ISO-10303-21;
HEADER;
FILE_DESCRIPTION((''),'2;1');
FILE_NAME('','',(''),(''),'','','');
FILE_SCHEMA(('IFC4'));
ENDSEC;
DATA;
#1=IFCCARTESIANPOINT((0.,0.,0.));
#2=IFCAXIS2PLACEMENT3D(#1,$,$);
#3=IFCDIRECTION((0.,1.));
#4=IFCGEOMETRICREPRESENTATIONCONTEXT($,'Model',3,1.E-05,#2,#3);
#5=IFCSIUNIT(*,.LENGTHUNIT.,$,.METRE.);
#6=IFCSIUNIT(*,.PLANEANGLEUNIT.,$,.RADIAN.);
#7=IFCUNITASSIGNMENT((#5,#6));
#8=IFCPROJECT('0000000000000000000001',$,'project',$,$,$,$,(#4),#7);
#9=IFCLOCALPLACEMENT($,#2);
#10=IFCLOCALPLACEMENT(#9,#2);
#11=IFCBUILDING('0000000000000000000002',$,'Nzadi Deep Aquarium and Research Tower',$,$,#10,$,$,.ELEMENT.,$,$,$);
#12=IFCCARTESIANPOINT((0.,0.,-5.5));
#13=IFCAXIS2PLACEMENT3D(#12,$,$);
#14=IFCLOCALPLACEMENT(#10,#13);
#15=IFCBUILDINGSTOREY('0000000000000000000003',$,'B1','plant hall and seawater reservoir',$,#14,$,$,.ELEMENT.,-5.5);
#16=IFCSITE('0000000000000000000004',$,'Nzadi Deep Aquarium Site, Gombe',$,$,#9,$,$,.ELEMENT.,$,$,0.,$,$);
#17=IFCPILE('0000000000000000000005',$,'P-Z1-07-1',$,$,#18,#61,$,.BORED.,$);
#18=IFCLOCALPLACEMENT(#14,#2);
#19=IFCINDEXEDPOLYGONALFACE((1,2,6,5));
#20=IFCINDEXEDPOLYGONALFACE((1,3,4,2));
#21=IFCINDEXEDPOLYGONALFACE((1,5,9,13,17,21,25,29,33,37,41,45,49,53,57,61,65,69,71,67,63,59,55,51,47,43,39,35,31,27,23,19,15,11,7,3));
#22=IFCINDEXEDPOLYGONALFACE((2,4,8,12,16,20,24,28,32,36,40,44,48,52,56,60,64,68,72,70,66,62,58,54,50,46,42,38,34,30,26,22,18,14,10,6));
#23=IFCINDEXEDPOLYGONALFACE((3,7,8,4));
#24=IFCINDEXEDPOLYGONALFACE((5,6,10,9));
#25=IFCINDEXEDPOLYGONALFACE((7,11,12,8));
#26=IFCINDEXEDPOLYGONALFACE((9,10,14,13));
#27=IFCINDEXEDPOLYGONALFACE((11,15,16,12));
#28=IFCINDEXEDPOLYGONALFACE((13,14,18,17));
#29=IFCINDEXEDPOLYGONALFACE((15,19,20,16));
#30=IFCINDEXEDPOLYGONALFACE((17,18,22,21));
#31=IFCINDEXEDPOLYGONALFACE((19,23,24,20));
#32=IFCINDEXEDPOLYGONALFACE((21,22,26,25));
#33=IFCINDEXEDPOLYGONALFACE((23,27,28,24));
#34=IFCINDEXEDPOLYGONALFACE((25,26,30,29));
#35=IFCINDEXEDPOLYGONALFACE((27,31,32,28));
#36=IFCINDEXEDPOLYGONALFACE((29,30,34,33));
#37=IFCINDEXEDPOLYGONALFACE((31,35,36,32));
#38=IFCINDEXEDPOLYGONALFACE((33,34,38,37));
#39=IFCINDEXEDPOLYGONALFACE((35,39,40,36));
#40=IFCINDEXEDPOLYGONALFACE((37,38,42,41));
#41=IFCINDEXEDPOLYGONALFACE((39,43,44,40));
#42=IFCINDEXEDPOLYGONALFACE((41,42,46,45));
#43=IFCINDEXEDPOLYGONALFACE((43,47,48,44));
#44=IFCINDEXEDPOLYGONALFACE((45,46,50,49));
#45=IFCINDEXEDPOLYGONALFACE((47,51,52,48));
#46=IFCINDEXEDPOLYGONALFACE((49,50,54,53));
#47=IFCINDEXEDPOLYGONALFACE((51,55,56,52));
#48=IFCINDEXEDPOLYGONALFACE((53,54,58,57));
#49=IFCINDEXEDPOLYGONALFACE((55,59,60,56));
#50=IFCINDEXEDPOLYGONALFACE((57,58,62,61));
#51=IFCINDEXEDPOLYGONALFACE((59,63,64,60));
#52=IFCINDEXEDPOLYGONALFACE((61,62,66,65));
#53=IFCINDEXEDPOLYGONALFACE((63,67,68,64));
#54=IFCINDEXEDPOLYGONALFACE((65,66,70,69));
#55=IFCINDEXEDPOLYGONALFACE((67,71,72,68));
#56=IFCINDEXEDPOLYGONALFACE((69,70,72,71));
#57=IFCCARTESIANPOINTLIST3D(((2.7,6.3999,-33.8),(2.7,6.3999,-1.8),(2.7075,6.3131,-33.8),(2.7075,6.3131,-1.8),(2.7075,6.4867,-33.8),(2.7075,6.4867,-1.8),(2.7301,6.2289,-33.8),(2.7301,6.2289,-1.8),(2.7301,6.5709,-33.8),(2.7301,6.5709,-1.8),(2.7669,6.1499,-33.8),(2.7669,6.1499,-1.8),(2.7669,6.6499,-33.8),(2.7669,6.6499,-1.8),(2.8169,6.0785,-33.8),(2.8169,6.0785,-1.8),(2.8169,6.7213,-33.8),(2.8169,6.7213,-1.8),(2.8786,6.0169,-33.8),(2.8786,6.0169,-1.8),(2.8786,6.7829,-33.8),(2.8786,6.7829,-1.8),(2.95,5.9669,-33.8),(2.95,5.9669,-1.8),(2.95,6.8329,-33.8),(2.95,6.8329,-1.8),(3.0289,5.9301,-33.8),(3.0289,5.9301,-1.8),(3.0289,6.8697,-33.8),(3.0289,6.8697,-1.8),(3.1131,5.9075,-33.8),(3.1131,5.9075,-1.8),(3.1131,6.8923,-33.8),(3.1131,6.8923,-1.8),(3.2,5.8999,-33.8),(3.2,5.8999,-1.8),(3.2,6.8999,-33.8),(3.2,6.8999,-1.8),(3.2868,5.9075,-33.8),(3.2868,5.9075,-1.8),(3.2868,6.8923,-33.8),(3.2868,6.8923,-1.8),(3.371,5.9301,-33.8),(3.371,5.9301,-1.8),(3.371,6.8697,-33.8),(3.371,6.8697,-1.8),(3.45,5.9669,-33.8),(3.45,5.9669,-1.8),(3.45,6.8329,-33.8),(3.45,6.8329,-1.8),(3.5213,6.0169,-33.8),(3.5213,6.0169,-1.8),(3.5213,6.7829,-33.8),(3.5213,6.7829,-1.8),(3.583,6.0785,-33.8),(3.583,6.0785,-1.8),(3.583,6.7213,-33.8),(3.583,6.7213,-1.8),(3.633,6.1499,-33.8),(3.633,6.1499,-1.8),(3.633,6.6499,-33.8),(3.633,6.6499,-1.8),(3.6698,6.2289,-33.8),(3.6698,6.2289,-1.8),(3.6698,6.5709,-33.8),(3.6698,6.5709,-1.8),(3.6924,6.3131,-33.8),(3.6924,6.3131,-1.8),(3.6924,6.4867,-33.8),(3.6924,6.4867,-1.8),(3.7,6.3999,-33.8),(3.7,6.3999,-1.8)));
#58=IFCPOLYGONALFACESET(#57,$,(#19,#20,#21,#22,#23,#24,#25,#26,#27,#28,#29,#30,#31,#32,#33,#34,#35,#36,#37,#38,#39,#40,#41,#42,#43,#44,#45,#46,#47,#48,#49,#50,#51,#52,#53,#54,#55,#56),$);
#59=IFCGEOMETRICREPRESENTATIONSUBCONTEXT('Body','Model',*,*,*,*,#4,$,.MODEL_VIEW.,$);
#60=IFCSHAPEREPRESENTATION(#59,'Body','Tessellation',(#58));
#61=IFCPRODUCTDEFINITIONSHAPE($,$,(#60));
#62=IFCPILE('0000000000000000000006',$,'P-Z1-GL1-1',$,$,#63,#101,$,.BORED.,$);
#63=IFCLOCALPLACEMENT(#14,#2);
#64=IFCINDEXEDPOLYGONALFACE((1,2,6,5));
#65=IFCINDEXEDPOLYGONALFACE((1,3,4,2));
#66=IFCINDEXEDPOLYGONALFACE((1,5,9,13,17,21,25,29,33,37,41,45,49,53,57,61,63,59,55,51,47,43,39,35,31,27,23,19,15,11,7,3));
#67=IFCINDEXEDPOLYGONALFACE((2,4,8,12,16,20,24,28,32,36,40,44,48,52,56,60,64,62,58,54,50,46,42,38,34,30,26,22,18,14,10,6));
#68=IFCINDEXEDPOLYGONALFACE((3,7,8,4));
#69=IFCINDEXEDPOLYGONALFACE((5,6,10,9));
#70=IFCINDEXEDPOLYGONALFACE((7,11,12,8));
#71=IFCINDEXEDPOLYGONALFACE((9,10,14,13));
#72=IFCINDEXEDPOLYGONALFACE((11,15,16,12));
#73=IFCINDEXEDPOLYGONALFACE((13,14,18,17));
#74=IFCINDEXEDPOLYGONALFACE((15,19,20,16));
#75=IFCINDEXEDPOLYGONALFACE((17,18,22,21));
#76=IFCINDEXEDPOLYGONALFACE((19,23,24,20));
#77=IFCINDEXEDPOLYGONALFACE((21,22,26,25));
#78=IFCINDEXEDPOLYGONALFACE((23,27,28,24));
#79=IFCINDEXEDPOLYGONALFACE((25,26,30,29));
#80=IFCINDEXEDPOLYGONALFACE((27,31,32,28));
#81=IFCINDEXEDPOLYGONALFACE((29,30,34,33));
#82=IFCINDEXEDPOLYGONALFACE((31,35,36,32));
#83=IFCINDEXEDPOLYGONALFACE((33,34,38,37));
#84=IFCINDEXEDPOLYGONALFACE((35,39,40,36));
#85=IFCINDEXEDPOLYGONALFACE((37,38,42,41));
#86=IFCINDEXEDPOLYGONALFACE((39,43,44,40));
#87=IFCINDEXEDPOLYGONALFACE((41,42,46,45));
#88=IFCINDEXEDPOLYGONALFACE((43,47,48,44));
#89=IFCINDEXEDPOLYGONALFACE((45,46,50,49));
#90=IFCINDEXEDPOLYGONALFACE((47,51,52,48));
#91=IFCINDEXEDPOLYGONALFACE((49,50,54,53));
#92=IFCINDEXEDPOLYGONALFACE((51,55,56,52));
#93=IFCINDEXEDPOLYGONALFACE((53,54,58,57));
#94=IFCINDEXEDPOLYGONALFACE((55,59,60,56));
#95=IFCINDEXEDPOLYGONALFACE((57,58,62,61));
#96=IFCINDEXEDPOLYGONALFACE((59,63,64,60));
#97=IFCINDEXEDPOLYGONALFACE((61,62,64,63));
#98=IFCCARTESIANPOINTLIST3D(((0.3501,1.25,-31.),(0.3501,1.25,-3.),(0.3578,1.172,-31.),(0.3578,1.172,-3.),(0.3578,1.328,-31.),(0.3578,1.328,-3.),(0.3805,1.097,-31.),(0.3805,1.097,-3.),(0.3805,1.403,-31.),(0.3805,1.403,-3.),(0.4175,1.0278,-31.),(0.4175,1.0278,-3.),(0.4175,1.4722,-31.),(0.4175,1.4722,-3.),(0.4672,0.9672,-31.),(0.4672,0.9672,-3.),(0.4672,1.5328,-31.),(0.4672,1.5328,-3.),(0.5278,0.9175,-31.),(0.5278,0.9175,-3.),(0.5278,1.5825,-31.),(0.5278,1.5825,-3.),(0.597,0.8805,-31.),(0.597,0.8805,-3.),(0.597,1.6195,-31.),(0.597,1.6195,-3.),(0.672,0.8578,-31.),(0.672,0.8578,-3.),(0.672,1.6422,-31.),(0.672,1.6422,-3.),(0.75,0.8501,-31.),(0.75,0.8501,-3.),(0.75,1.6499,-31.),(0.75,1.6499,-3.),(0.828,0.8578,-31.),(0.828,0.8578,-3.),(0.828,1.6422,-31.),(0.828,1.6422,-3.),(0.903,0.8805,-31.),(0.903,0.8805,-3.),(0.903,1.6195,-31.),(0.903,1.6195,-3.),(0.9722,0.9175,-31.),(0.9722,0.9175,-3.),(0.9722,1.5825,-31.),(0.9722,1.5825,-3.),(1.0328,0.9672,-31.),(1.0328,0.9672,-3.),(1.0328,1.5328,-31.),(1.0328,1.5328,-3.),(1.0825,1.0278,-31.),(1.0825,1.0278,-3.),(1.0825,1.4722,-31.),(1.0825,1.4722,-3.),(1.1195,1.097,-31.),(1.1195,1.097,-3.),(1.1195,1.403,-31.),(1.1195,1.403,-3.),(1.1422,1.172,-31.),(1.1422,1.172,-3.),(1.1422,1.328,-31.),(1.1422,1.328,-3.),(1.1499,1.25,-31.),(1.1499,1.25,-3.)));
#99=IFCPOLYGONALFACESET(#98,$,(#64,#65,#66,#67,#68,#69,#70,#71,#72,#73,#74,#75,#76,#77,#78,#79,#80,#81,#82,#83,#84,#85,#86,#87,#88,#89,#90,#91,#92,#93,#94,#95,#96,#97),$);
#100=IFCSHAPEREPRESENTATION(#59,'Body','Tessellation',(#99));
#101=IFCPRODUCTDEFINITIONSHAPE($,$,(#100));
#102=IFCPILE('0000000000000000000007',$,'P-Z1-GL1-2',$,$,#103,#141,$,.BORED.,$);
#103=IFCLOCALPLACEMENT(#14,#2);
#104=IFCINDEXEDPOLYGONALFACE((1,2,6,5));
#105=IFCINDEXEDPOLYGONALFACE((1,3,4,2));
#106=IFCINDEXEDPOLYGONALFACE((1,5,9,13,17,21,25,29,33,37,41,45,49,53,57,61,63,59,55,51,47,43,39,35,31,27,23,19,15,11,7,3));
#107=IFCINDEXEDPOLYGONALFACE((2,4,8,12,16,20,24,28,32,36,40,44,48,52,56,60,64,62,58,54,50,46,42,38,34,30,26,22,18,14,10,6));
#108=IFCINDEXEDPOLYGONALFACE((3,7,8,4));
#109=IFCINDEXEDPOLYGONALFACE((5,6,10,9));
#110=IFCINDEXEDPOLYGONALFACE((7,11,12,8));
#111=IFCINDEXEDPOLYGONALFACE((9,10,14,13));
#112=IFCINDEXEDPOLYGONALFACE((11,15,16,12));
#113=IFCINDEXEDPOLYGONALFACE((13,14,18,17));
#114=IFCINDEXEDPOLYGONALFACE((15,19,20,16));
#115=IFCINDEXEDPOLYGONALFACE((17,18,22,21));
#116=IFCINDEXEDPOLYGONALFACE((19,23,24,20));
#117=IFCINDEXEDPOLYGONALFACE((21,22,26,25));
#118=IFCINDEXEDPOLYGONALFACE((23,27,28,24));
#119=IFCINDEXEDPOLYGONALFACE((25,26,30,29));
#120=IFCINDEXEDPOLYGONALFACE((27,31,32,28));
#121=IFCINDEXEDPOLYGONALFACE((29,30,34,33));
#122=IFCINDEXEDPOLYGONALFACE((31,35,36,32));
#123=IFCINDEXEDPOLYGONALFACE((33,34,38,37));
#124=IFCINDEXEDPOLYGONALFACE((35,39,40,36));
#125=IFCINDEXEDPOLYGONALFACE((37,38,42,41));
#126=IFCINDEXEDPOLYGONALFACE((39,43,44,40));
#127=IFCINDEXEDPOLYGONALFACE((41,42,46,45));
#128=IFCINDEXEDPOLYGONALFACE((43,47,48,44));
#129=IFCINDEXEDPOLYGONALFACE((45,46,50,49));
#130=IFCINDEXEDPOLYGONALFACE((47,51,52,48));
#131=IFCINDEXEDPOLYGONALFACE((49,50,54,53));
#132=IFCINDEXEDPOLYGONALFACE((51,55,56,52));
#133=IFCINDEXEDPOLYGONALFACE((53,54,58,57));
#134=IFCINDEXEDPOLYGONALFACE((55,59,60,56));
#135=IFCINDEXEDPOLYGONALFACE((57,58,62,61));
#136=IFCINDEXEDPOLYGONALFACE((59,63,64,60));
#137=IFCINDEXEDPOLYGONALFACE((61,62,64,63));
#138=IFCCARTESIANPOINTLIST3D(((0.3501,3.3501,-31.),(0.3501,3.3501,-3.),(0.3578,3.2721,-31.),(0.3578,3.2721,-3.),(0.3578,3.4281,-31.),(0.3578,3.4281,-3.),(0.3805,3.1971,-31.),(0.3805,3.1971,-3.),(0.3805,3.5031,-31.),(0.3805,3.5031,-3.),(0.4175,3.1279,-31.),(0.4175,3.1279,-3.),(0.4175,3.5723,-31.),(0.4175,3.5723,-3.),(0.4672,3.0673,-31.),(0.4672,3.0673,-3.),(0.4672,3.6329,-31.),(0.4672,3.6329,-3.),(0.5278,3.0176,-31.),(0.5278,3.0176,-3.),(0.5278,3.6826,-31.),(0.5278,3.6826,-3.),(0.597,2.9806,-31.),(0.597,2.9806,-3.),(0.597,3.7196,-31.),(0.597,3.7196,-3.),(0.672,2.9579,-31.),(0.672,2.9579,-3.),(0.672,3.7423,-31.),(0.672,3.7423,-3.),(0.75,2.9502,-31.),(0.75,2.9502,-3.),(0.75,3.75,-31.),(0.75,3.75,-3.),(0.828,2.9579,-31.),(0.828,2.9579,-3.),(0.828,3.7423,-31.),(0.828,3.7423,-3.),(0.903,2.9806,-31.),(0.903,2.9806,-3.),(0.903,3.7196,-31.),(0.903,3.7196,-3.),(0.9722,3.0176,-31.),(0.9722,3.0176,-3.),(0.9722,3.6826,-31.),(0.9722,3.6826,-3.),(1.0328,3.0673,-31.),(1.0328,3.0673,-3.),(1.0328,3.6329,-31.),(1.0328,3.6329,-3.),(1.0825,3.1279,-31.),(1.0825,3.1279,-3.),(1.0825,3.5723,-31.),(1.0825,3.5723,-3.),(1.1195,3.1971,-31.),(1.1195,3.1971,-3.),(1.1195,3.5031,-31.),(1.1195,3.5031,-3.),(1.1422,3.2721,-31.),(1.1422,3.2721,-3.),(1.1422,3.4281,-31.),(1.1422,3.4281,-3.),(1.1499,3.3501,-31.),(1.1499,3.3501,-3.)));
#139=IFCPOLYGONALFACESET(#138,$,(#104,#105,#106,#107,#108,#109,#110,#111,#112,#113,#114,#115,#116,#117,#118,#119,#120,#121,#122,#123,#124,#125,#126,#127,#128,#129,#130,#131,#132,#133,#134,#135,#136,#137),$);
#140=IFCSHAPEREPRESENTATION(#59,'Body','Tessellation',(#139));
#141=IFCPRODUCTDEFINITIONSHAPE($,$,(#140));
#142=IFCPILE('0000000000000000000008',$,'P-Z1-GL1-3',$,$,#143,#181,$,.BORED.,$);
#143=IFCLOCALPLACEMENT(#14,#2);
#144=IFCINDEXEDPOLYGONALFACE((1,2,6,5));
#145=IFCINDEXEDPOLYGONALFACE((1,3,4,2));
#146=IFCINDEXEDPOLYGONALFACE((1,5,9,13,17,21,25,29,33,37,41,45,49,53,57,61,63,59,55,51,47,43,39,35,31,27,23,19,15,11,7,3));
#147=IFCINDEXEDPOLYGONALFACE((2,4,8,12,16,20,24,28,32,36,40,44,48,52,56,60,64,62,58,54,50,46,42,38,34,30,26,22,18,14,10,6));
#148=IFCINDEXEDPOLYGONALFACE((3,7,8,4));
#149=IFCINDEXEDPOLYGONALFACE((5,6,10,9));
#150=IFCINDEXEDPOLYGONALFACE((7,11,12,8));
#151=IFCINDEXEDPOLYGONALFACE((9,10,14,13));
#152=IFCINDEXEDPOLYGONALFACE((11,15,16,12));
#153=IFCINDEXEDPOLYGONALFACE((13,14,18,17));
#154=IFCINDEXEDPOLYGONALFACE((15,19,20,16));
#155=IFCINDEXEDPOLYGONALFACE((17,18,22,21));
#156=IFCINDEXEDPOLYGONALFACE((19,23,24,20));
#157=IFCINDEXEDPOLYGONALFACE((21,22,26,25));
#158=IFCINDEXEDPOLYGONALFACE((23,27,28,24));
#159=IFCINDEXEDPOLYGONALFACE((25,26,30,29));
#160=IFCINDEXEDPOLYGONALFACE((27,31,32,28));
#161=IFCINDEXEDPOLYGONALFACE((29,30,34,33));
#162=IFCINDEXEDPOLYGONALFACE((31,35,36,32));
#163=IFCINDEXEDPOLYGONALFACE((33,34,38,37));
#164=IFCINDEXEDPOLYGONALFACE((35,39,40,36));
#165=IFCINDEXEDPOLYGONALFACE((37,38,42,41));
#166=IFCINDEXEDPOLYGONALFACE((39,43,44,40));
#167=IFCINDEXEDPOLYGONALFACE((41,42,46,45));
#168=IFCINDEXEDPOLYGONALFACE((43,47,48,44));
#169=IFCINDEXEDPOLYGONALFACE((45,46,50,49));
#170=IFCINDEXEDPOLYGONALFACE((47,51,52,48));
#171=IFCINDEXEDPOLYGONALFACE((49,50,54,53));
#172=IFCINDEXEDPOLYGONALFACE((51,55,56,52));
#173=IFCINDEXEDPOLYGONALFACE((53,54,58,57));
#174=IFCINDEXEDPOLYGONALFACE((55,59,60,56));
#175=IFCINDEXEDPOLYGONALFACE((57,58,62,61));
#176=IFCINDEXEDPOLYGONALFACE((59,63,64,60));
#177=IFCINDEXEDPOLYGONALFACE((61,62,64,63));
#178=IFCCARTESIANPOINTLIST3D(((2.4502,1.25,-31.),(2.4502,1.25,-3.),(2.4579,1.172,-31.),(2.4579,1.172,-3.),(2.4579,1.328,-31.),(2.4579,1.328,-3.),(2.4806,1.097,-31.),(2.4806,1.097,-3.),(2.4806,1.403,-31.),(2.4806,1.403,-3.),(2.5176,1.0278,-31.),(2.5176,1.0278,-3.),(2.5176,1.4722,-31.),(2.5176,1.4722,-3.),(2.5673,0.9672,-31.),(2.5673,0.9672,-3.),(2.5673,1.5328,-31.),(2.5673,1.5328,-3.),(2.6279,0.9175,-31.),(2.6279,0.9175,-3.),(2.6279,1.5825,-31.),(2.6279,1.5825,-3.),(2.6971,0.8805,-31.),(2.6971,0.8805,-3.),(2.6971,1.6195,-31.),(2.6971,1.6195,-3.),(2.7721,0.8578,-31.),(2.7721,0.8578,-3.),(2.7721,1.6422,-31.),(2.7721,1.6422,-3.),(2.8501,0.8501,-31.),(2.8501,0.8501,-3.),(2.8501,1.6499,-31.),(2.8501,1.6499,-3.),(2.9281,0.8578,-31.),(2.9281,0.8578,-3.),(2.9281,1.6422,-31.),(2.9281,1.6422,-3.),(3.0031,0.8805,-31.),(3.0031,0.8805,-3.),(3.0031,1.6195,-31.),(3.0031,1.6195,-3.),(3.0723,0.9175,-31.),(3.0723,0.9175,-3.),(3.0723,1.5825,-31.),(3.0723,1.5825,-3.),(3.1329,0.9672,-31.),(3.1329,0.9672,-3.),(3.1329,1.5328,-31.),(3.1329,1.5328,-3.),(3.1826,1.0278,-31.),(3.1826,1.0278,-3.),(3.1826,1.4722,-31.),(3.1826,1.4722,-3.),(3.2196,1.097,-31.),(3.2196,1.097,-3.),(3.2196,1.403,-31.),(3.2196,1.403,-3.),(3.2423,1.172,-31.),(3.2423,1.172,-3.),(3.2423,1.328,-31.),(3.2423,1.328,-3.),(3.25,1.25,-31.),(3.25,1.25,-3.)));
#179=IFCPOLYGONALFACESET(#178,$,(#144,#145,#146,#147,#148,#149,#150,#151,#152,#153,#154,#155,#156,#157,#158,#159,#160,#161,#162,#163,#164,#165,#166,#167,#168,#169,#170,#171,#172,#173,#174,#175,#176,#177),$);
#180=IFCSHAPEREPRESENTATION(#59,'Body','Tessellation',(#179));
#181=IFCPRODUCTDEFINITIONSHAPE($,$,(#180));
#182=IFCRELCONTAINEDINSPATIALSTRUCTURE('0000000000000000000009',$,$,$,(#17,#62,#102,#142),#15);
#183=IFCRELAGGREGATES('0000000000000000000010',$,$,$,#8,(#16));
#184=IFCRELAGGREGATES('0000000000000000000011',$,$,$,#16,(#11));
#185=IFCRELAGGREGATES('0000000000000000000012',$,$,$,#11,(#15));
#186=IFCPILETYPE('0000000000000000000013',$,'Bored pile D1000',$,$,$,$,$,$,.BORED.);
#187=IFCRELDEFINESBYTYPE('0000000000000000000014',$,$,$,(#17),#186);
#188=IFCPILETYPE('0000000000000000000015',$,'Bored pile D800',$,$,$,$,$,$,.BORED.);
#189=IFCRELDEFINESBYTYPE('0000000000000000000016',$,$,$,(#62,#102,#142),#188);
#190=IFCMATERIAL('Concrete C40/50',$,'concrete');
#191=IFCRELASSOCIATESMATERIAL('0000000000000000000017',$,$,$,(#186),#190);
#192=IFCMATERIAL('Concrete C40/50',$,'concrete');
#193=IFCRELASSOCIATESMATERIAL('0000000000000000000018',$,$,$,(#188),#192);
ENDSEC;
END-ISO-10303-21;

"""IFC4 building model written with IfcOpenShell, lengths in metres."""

from ifc_helpers import new_model, si_unit, direction, frame, origin, origin_2d, place, context, subcontext, project, spatial, circle, extrude, material, material_profile, profile_set, type_object, element, save


model = new_model("IFC4")

# Units and contexts
model_context = context("Model", 3, precision=1e-05, world=origin(), true_north=direction((0.0, 1.0)))
body_context = subcontext(model_context, "Body", "Model", "MODEL_VIEW")
ifc_project = project(units=[si_unit("LENGTHUNIT", "METRE"), si_unit("PLANEANGLEUNIT", "RADIAN")], contexts=[model_context])

# Site, building, storey
site_placement = place(None, origin())
site = spatial("IfcSite", under=ifc_project, at=site_placement, Name="Nzadi Deep Aquarium Site, Gombe", CompositionType="ELEMENT", RefElevation=0.0)
building_placement = place(site_placement, origin())
building = spatial("IfcBuilding", under=site, at=building_placement, Name="Nzadi Deep Aquarium and Research Tower", CompositionType="ELEMENT")
storey_placement = place(building_placement, frame((0.0, 0.0, -5.5)))
storey = spatial("IfcBuildingStorey", under=building, at=storey_placement, Name="B1", Description="plant hall and seawater reservoir", CompositionType="ELEMENT", Elevation=-5.5)

# Piles
ifc_material_1 = material(Name="Concrete C40/50", Category="concrete")
ifc_material_profile_1 = material_profile(ifc_material_1, circle(Radius=0.5, at=origin_2d()))
ifc_profile_set_1 = profile_set([ifc_material_profile_1], Name="Concrete C40/50")
pile_type_1 = type_object("IfcPileType", Name="Bored pile D1000", PredefinedType="BORED", material=ifc_profile_set_1)
pile_placement = place(storey_placement, frame((3.2, 6.3999, -1.8), z_axis=(0.0, 0.0, -1.0), x_axis=(1.0, 0.0, 0.0)))
element("IfcPile", 1, at=pile_placement, inside=storey, type_object=pile_type_1, Name="P-Z1-07-1", PredefinedType="BORED", context=body_context, shape_type="SweptSolid", body=[
    extrude(circle(Radius=0.5, at=origin_2d()), origin(), (0.0, 0.0, 1.0), 32.0),
])
ifc_material_2 = material(Name="Concrete C40/50", Category="concrete")
ifc_material_profile_2 = material_profile(ifc_material_2, circle(Radius=0.3999, at=origin_2d()))
ifc_profile_set_2 = profile_set([ifc_material_profile_2], Name="Concrete C40/50")
pile_type_2 = type_object("IfcPileType", Name="Bored pile D800", PredefinedType="BORED", material=ifc_profile_set_2)
for number, where, z_axis, x_axis, name in (
    (2, (0.75, 1.25, -3.0), (0.0, 0.0, -1.0), (1.0, 0.0, 0.0), "P-Z1-GL1-1"),
    (3, (0.75, 3.3501, -3.0), (0.0, 0.0, -1.0), (1.0, 0.0, 0.0), "P-Z1-GL1-2"),
    (4, (2.8501, 1.25, -3.0), (0.0, 0.0, -1.0), (1.0, 0.0, 0.0), "P-Z1-GL1-3"),
):
    element("IfcPile", number, at=place(storey_placement, frame(where, z_axis=z_axis, x_axis=x_axis)), inside=storey, type_object=pile_type_2, Name=name, PredefinedType="BORED", context=body_context, shape_type="SweptSolid", body=[
        extrude(circle(Radius=0.3999, at=origin_2d()), origin(), (0.0, 0.0, 1.0), 28.0),
    ])

save(model, "model.ifc")
